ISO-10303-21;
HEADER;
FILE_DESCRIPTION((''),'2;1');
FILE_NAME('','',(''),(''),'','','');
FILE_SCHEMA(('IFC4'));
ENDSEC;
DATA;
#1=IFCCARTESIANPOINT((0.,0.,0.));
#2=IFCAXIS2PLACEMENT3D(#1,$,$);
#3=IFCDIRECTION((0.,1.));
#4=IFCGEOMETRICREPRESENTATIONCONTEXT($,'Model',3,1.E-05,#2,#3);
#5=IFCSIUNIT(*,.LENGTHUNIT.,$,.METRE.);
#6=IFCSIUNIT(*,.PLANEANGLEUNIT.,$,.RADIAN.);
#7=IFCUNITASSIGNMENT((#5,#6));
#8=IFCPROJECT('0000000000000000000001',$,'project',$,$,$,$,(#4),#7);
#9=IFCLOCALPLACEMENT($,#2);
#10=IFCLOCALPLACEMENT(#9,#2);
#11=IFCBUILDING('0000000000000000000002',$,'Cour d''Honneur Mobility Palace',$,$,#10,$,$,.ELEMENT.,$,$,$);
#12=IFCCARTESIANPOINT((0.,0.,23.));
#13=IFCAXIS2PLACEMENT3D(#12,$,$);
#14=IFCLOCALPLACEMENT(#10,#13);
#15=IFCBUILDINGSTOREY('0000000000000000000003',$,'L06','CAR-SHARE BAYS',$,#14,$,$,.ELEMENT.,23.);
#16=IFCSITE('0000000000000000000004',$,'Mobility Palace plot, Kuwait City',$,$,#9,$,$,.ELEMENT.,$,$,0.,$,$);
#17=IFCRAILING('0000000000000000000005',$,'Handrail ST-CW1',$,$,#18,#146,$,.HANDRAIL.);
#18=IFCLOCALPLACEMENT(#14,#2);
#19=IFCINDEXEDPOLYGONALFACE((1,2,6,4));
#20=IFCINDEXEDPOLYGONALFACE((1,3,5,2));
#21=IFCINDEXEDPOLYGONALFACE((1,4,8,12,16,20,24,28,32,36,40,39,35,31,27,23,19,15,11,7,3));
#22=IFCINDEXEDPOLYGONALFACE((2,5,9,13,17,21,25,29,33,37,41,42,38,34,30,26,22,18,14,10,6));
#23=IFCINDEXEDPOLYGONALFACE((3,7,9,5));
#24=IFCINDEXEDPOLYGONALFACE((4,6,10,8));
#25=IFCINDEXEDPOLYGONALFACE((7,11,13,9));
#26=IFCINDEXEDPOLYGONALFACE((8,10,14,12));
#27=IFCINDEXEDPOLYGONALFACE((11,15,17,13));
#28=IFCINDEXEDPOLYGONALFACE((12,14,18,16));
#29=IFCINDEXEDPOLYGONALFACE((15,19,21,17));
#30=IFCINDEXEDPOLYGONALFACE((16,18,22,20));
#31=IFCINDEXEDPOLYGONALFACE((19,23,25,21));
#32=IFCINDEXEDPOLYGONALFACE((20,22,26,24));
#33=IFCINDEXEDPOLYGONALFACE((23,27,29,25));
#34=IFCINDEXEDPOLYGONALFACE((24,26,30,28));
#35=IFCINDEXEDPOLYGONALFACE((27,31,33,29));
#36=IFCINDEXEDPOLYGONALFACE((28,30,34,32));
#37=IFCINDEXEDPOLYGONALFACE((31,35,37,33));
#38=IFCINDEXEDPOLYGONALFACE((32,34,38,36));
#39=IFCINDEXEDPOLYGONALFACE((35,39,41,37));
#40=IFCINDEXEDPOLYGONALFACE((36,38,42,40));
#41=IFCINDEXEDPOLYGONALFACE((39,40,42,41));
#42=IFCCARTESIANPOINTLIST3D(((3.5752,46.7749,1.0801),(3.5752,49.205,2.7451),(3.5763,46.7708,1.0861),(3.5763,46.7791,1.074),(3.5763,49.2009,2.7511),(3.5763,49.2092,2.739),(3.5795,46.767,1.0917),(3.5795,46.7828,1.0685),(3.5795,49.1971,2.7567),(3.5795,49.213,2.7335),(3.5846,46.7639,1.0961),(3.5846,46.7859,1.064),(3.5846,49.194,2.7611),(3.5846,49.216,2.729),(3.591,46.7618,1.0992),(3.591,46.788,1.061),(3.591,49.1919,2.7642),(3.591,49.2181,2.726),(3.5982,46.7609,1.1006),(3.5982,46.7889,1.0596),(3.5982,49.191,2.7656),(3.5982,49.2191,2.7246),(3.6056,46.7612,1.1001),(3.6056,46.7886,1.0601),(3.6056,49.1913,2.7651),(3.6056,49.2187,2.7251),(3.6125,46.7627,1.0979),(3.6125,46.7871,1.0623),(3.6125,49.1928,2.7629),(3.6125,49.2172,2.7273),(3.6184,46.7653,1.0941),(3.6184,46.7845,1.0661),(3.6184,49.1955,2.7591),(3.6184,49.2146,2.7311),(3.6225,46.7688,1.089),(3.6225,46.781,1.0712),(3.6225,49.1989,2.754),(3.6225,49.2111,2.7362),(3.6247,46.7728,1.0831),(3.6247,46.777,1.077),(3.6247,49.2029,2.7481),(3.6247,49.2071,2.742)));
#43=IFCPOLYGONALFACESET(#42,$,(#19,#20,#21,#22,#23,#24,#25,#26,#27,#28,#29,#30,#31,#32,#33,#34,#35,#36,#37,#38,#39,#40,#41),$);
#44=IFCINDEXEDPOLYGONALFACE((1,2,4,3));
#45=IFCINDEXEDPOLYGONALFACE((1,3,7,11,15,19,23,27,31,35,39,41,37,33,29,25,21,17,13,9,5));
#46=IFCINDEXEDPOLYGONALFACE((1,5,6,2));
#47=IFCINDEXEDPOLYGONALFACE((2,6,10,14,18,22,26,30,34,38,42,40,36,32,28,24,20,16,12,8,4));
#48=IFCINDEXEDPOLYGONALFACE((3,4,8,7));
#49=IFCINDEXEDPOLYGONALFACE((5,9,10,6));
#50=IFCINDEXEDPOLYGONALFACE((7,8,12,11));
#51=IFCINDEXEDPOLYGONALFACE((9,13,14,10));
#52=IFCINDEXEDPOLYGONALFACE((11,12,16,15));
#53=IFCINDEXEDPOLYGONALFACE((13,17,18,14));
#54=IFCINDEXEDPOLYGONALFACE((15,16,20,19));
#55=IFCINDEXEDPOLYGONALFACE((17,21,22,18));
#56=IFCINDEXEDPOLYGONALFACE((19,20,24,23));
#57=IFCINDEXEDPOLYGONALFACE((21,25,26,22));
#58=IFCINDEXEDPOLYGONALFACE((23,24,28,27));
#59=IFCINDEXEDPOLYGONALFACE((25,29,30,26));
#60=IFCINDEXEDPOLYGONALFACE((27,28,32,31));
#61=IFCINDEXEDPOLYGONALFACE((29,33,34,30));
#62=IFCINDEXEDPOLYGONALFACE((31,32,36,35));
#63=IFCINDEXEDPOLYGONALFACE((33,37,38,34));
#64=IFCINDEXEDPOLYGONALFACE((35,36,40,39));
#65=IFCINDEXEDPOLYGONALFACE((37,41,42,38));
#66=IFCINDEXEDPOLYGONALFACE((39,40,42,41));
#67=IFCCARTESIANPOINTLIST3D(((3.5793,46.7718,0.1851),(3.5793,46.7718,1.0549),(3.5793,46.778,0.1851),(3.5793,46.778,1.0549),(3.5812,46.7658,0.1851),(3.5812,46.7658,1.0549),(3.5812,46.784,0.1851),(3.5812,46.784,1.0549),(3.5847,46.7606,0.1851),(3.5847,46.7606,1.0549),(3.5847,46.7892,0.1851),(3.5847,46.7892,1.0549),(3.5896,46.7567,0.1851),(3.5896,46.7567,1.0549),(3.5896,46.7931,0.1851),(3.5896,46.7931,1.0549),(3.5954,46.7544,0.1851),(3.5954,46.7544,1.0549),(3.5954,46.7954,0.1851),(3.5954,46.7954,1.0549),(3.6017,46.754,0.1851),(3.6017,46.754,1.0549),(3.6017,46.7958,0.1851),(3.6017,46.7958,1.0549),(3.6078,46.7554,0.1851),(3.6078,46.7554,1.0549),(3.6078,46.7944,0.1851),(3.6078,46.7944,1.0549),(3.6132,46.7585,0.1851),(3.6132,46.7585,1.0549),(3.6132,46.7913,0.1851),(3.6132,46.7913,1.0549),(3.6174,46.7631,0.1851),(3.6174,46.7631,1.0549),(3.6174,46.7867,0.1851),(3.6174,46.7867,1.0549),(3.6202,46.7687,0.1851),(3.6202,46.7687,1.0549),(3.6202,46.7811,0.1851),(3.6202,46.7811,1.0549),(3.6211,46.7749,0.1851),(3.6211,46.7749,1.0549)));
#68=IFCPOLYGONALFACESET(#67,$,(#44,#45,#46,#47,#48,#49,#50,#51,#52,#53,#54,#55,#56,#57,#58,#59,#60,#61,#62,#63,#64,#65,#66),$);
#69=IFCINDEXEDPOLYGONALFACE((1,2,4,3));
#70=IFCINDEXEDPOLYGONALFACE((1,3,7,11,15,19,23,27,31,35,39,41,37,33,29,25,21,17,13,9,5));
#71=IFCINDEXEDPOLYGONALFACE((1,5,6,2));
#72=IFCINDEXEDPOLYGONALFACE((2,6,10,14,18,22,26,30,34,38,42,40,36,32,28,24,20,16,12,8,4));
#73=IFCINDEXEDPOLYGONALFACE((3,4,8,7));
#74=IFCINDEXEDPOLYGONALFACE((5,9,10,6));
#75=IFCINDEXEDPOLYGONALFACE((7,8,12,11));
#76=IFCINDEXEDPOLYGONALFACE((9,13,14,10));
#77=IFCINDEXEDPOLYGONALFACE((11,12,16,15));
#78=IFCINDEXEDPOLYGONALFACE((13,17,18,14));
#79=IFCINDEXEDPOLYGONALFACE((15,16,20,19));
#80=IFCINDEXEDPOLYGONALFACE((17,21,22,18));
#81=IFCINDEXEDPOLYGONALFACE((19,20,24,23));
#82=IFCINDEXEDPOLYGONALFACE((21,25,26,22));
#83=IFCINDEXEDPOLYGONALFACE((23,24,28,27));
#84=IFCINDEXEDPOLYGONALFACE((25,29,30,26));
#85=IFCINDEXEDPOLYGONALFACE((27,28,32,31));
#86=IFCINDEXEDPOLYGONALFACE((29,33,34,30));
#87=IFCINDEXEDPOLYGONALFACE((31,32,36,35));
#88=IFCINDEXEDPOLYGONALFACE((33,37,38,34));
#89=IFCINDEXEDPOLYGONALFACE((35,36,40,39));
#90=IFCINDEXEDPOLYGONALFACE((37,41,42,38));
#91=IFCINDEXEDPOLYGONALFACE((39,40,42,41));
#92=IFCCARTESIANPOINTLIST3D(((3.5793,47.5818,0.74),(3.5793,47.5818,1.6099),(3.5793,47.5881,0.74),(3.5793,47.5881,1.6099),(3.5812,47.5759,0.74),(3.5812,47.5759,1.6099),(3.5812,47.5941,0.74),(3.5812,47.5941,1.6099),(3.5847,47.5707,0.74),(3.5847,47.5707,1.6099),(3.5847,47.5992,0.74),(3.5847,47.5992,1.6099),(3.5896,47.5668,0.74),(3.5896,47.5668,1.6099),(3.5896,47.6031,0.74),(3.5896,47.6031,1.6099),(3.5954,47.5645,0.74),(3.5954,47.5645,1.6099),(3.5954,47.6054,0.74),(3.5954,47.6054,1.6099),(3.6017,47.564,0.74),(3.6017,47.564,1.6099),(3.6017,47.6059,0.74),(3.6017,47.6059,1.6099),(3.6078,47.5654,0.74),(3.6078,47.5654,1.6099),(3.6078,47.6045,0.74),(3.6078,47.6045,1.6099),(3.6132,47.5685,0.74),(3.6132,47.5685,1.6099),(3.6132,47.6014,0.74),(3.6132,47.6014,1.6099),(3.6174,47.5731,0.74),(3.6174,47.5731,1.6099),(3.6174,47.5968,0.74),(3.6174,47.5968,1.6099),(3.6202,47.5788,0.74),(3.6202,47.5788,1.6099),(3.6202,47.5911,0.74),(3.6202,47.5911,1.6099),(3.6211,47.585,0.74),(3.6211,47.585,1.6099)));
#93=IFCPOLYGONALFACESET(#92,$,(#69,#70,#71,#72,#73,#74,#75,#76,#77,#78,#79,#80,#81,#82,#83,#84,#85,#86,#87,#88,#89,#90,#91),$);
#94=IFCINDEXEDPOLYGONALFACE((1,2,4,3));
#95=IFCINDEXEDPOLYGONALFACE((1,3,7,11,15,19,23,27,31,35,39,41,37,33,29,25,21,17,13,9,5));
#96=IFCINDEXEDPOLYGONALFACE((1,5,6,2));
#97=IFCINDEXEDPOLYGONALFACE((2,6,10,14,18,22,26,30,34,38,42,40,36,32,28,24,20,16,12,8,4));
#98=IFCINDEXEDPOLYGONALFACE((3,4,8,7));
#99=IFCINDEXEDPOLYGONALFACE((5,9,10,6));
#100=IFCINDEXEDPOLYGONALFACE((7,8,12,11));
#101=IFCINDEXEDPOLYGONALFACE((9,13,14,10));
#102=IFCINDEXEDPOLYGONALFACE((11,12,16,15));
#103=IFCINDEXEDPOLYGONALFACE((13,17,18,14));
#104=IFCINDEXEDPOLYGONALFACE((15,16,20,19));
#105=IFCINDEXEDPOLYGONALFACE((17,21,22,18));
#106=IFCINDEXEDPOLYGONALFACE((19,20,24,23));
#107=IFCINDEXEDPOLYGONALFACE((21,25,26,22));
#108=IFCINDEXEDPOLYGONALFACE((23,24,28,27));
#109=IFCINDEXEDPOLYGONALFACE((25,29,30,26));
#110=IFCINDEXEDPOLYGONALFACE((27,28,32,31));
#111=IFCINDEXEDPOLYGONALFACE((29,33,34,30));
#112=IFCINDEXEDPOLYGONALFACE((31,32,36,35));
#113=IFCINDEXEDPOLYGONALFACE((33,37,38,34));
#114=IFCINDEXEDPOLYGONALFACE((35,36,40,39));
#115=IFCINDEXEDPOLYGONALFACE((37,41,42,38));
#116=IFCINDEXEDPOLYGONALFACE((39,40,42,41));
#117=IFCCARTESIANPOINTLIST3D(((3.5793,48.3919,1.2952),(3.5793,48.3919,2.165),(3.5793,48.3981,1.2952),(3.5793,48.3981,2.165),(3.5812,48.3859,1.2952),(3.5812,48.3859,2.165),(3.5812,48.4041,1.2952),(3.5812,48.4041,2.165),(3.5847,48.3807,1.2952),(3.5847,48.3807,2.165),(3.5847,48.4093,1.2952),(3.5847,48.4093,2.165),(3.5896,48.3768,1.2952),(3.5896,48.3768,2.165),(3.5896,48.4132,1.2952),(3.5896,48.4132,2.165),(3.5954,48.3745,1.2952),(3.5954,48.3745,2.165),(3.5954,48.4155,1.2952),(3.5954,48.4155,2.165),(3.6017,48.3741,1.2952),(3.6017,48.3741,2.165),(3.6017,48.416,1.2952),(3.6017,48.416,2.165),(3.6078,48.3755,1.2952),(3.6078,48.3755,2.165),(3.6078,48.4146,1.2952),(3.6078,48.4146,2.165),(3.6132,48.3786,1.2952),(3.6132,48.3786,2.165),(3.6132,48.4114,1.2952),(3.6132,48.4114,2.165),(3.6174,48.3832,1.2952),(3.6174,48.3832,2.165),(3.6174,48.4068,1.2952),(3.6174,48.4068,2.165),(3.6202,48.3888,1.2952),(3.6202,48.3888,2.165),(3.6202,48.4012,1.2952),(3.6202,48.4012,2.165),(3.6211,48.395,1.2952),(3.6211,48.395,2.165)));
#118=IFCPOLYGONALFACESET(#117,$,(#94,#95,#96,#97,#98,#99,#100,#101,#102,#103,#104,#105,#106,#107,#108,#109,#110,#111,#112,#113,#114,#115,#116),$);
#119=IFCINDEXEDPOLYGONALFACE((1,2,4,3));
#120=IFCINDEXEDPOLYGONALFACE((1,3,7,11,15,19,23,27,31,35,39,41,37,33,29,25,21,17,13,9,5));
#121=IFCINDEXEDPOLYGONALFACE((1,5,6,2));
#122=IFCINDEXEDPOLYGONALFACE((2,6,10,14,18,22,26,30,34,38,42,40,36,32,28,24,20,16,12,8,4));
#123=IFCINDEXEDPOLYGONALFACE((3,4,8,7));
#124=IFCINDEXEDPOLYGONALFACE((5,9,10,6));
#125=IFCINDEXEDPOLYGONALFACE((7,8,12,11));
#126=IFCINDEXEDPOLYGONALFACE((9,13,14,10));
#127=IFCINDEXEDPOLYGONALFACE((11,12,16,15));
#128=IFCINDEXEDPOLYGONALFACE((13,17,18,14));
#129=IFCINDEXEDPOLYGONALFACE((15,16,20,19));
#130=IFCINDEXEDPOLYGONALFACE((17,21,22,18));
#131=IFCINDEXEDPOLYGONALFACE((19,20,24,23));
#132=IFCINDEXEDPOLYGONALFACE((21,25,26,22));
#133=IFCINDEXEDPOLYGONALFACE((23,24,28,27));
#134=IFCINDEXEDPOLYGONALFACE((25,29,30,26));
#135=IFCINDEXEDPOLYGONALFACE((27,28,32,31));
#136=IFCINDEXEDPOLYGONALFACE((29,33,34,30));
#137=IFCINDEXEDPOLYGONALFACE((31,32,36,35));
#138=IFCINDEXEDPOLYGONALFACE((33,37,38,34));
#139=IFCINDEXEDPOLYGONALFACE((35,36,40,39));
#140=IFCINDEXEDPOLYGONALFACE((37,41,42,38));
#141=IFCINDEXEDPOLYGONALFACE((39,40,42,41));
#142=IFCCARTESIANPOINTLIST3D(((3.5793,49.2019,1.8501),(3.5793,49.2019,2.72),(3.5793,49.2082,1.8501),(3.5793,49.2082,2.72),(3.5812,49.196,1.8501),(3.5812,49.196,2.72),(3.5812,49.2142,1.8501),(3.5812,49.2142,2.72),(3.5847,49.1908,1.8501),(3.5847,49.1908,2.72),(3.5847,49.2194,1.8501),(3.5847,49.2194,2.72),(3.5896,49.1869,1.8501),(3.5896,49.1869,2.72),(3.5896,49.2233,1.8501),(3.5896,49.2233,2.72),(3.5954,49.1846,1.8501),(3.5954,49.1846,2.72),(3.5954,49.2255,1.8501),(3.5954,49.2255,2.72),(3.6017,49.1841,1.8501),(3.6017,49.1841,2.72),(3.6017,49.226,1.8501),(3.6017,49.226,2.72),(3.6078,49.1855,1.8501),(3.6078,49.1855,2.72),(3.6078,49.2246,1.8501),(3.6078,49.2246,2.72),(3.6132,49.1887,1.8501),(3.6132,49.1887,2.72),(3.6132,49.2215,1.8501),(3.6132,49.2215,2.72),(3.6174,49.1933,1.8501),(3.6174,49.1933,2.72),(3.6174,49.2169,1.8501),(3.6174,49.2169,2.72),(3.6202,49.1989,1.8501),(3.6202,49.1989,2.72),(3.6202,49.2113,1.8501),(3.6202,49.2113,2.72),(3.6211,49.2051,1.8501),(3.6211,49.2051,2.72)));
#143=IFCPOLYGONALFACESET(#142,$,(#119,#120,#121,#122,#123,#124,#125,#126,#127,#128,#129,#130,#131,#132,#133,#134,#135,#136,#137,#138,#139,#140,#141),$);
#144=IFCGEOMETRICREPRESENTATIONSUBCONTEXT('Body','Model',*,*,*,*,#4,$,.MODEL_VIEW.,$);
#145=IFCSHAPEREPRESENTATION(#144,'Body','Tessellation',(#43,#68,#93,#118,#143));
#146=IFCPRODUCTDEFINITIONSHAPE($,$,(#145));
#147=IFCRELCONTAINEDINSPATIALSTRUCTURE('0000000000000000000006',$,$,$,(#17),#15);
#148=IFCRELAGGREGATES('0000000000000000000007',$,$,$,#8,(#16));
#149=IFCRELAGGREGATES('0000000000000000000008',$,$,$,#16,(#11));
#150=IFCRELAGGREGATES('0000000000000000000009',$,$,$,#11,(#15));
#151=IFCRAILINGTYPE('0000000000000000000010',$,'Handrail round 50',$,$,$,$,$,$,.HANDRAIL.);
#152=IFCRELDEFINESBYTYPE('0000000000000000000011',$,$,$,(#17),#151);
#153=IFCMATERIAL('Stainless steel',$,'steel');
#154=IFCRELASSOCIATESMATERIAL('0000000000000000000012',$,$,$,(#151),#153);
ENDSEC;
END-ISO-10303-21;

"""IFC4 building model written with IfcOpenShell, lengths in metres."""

from ifc_helpers import new_model, si_unit, direction, frame, origin, origin_2d, place, context, subcontext, project, spatial, circle, extrude, material, type_object, element, save


model = new_model("IFC4")

# Units and contexts
model_context = context("Model", 3, precision=1e-05, world=origin(), true_north=direction((0.0, 1.0)))
body_context = subcontext(model_context, "Body", "Model", "MODEL_VIEW")
ifc_project = project(units=[si_unit("LENGTHUNIT", "METRE"), si_unit("PLANEANGLEUNIT", "RADIAN")], contexts=[model_context])

# Site, building, storey
site_placement = place(None, origin())
site = spatial("IfcSite", under=ifc_project, at=site_placement, Name="Mobility Palace plot, Kuwait City", CompositionType="ELEMENT", RefElevation=0.0)
building_placement = place(site_placement, origin())
building = spatial("IfcBuilding", under=site, at=building_placement, Name="Cour d'Honneur Mobility Palace", CompositionType="ELEMENT")
storey_placement = place(building_placement, frame((0.0, 0.0, 23.0)))
storey = spatial("IfcBuildingStorey", under=building, at=storey_placement, Name="L06", Description="CAR-SHARE BAYS", CompositionType="ELEMENT", Elevation=23.0)

# Railing
ifc_material_1 = material(Name="Stainless steel", Category="steel")
railing_type_1 = type_object("IfcRailingType", Name="Handrail round 50", PredefinedType="HANDRAIL", material=ifc_material_1)
railing_1_placement = place(storey_placement, frame((3.6001, 46.7749, 0.1851)))
element("IfcRailing", 1, at=railing_1_placement, inside=storey, type_object=railing_type_1, Name="Handrail ST-CW1", PredefinedType="HANDRAIL", context=body_context, shape_type="SweptSolid", body=[
    extrude(circle(Radius=0.0249, at=origin_2d()), frame((0.0, 0.0, 0.895), z_axis=(0.0, 0.824945, 0.565213), x_axis=(-1.0, 0.0, 0.0)), (0.0, 0.0, 1.0), 2.9458),
    extrude(circle(Radius=0.021, at=origin_2d()), origin(), (0.0, 0.0, 1.0), 0.8699),
    extrude(circle(Radius=0.021, at=origin_2d()), frame((0.0, 0.8101, 0.5549)), (0.0, 0.0, 1.0), 0.8699),
    extrude(circle(Radius=0.021, at=origin_2d()), frame((0.0, 1.6201, 1.1101)), (0.0, 0.0, 1.0), 0.8699),
    extrude(circle(Radius=0.021, at=origin_2d()), frame((0.0, 2.4302, 1.665)), (0.0, 0.0, 1.0), 0.8699),
])

save(model, "model.ifc")
